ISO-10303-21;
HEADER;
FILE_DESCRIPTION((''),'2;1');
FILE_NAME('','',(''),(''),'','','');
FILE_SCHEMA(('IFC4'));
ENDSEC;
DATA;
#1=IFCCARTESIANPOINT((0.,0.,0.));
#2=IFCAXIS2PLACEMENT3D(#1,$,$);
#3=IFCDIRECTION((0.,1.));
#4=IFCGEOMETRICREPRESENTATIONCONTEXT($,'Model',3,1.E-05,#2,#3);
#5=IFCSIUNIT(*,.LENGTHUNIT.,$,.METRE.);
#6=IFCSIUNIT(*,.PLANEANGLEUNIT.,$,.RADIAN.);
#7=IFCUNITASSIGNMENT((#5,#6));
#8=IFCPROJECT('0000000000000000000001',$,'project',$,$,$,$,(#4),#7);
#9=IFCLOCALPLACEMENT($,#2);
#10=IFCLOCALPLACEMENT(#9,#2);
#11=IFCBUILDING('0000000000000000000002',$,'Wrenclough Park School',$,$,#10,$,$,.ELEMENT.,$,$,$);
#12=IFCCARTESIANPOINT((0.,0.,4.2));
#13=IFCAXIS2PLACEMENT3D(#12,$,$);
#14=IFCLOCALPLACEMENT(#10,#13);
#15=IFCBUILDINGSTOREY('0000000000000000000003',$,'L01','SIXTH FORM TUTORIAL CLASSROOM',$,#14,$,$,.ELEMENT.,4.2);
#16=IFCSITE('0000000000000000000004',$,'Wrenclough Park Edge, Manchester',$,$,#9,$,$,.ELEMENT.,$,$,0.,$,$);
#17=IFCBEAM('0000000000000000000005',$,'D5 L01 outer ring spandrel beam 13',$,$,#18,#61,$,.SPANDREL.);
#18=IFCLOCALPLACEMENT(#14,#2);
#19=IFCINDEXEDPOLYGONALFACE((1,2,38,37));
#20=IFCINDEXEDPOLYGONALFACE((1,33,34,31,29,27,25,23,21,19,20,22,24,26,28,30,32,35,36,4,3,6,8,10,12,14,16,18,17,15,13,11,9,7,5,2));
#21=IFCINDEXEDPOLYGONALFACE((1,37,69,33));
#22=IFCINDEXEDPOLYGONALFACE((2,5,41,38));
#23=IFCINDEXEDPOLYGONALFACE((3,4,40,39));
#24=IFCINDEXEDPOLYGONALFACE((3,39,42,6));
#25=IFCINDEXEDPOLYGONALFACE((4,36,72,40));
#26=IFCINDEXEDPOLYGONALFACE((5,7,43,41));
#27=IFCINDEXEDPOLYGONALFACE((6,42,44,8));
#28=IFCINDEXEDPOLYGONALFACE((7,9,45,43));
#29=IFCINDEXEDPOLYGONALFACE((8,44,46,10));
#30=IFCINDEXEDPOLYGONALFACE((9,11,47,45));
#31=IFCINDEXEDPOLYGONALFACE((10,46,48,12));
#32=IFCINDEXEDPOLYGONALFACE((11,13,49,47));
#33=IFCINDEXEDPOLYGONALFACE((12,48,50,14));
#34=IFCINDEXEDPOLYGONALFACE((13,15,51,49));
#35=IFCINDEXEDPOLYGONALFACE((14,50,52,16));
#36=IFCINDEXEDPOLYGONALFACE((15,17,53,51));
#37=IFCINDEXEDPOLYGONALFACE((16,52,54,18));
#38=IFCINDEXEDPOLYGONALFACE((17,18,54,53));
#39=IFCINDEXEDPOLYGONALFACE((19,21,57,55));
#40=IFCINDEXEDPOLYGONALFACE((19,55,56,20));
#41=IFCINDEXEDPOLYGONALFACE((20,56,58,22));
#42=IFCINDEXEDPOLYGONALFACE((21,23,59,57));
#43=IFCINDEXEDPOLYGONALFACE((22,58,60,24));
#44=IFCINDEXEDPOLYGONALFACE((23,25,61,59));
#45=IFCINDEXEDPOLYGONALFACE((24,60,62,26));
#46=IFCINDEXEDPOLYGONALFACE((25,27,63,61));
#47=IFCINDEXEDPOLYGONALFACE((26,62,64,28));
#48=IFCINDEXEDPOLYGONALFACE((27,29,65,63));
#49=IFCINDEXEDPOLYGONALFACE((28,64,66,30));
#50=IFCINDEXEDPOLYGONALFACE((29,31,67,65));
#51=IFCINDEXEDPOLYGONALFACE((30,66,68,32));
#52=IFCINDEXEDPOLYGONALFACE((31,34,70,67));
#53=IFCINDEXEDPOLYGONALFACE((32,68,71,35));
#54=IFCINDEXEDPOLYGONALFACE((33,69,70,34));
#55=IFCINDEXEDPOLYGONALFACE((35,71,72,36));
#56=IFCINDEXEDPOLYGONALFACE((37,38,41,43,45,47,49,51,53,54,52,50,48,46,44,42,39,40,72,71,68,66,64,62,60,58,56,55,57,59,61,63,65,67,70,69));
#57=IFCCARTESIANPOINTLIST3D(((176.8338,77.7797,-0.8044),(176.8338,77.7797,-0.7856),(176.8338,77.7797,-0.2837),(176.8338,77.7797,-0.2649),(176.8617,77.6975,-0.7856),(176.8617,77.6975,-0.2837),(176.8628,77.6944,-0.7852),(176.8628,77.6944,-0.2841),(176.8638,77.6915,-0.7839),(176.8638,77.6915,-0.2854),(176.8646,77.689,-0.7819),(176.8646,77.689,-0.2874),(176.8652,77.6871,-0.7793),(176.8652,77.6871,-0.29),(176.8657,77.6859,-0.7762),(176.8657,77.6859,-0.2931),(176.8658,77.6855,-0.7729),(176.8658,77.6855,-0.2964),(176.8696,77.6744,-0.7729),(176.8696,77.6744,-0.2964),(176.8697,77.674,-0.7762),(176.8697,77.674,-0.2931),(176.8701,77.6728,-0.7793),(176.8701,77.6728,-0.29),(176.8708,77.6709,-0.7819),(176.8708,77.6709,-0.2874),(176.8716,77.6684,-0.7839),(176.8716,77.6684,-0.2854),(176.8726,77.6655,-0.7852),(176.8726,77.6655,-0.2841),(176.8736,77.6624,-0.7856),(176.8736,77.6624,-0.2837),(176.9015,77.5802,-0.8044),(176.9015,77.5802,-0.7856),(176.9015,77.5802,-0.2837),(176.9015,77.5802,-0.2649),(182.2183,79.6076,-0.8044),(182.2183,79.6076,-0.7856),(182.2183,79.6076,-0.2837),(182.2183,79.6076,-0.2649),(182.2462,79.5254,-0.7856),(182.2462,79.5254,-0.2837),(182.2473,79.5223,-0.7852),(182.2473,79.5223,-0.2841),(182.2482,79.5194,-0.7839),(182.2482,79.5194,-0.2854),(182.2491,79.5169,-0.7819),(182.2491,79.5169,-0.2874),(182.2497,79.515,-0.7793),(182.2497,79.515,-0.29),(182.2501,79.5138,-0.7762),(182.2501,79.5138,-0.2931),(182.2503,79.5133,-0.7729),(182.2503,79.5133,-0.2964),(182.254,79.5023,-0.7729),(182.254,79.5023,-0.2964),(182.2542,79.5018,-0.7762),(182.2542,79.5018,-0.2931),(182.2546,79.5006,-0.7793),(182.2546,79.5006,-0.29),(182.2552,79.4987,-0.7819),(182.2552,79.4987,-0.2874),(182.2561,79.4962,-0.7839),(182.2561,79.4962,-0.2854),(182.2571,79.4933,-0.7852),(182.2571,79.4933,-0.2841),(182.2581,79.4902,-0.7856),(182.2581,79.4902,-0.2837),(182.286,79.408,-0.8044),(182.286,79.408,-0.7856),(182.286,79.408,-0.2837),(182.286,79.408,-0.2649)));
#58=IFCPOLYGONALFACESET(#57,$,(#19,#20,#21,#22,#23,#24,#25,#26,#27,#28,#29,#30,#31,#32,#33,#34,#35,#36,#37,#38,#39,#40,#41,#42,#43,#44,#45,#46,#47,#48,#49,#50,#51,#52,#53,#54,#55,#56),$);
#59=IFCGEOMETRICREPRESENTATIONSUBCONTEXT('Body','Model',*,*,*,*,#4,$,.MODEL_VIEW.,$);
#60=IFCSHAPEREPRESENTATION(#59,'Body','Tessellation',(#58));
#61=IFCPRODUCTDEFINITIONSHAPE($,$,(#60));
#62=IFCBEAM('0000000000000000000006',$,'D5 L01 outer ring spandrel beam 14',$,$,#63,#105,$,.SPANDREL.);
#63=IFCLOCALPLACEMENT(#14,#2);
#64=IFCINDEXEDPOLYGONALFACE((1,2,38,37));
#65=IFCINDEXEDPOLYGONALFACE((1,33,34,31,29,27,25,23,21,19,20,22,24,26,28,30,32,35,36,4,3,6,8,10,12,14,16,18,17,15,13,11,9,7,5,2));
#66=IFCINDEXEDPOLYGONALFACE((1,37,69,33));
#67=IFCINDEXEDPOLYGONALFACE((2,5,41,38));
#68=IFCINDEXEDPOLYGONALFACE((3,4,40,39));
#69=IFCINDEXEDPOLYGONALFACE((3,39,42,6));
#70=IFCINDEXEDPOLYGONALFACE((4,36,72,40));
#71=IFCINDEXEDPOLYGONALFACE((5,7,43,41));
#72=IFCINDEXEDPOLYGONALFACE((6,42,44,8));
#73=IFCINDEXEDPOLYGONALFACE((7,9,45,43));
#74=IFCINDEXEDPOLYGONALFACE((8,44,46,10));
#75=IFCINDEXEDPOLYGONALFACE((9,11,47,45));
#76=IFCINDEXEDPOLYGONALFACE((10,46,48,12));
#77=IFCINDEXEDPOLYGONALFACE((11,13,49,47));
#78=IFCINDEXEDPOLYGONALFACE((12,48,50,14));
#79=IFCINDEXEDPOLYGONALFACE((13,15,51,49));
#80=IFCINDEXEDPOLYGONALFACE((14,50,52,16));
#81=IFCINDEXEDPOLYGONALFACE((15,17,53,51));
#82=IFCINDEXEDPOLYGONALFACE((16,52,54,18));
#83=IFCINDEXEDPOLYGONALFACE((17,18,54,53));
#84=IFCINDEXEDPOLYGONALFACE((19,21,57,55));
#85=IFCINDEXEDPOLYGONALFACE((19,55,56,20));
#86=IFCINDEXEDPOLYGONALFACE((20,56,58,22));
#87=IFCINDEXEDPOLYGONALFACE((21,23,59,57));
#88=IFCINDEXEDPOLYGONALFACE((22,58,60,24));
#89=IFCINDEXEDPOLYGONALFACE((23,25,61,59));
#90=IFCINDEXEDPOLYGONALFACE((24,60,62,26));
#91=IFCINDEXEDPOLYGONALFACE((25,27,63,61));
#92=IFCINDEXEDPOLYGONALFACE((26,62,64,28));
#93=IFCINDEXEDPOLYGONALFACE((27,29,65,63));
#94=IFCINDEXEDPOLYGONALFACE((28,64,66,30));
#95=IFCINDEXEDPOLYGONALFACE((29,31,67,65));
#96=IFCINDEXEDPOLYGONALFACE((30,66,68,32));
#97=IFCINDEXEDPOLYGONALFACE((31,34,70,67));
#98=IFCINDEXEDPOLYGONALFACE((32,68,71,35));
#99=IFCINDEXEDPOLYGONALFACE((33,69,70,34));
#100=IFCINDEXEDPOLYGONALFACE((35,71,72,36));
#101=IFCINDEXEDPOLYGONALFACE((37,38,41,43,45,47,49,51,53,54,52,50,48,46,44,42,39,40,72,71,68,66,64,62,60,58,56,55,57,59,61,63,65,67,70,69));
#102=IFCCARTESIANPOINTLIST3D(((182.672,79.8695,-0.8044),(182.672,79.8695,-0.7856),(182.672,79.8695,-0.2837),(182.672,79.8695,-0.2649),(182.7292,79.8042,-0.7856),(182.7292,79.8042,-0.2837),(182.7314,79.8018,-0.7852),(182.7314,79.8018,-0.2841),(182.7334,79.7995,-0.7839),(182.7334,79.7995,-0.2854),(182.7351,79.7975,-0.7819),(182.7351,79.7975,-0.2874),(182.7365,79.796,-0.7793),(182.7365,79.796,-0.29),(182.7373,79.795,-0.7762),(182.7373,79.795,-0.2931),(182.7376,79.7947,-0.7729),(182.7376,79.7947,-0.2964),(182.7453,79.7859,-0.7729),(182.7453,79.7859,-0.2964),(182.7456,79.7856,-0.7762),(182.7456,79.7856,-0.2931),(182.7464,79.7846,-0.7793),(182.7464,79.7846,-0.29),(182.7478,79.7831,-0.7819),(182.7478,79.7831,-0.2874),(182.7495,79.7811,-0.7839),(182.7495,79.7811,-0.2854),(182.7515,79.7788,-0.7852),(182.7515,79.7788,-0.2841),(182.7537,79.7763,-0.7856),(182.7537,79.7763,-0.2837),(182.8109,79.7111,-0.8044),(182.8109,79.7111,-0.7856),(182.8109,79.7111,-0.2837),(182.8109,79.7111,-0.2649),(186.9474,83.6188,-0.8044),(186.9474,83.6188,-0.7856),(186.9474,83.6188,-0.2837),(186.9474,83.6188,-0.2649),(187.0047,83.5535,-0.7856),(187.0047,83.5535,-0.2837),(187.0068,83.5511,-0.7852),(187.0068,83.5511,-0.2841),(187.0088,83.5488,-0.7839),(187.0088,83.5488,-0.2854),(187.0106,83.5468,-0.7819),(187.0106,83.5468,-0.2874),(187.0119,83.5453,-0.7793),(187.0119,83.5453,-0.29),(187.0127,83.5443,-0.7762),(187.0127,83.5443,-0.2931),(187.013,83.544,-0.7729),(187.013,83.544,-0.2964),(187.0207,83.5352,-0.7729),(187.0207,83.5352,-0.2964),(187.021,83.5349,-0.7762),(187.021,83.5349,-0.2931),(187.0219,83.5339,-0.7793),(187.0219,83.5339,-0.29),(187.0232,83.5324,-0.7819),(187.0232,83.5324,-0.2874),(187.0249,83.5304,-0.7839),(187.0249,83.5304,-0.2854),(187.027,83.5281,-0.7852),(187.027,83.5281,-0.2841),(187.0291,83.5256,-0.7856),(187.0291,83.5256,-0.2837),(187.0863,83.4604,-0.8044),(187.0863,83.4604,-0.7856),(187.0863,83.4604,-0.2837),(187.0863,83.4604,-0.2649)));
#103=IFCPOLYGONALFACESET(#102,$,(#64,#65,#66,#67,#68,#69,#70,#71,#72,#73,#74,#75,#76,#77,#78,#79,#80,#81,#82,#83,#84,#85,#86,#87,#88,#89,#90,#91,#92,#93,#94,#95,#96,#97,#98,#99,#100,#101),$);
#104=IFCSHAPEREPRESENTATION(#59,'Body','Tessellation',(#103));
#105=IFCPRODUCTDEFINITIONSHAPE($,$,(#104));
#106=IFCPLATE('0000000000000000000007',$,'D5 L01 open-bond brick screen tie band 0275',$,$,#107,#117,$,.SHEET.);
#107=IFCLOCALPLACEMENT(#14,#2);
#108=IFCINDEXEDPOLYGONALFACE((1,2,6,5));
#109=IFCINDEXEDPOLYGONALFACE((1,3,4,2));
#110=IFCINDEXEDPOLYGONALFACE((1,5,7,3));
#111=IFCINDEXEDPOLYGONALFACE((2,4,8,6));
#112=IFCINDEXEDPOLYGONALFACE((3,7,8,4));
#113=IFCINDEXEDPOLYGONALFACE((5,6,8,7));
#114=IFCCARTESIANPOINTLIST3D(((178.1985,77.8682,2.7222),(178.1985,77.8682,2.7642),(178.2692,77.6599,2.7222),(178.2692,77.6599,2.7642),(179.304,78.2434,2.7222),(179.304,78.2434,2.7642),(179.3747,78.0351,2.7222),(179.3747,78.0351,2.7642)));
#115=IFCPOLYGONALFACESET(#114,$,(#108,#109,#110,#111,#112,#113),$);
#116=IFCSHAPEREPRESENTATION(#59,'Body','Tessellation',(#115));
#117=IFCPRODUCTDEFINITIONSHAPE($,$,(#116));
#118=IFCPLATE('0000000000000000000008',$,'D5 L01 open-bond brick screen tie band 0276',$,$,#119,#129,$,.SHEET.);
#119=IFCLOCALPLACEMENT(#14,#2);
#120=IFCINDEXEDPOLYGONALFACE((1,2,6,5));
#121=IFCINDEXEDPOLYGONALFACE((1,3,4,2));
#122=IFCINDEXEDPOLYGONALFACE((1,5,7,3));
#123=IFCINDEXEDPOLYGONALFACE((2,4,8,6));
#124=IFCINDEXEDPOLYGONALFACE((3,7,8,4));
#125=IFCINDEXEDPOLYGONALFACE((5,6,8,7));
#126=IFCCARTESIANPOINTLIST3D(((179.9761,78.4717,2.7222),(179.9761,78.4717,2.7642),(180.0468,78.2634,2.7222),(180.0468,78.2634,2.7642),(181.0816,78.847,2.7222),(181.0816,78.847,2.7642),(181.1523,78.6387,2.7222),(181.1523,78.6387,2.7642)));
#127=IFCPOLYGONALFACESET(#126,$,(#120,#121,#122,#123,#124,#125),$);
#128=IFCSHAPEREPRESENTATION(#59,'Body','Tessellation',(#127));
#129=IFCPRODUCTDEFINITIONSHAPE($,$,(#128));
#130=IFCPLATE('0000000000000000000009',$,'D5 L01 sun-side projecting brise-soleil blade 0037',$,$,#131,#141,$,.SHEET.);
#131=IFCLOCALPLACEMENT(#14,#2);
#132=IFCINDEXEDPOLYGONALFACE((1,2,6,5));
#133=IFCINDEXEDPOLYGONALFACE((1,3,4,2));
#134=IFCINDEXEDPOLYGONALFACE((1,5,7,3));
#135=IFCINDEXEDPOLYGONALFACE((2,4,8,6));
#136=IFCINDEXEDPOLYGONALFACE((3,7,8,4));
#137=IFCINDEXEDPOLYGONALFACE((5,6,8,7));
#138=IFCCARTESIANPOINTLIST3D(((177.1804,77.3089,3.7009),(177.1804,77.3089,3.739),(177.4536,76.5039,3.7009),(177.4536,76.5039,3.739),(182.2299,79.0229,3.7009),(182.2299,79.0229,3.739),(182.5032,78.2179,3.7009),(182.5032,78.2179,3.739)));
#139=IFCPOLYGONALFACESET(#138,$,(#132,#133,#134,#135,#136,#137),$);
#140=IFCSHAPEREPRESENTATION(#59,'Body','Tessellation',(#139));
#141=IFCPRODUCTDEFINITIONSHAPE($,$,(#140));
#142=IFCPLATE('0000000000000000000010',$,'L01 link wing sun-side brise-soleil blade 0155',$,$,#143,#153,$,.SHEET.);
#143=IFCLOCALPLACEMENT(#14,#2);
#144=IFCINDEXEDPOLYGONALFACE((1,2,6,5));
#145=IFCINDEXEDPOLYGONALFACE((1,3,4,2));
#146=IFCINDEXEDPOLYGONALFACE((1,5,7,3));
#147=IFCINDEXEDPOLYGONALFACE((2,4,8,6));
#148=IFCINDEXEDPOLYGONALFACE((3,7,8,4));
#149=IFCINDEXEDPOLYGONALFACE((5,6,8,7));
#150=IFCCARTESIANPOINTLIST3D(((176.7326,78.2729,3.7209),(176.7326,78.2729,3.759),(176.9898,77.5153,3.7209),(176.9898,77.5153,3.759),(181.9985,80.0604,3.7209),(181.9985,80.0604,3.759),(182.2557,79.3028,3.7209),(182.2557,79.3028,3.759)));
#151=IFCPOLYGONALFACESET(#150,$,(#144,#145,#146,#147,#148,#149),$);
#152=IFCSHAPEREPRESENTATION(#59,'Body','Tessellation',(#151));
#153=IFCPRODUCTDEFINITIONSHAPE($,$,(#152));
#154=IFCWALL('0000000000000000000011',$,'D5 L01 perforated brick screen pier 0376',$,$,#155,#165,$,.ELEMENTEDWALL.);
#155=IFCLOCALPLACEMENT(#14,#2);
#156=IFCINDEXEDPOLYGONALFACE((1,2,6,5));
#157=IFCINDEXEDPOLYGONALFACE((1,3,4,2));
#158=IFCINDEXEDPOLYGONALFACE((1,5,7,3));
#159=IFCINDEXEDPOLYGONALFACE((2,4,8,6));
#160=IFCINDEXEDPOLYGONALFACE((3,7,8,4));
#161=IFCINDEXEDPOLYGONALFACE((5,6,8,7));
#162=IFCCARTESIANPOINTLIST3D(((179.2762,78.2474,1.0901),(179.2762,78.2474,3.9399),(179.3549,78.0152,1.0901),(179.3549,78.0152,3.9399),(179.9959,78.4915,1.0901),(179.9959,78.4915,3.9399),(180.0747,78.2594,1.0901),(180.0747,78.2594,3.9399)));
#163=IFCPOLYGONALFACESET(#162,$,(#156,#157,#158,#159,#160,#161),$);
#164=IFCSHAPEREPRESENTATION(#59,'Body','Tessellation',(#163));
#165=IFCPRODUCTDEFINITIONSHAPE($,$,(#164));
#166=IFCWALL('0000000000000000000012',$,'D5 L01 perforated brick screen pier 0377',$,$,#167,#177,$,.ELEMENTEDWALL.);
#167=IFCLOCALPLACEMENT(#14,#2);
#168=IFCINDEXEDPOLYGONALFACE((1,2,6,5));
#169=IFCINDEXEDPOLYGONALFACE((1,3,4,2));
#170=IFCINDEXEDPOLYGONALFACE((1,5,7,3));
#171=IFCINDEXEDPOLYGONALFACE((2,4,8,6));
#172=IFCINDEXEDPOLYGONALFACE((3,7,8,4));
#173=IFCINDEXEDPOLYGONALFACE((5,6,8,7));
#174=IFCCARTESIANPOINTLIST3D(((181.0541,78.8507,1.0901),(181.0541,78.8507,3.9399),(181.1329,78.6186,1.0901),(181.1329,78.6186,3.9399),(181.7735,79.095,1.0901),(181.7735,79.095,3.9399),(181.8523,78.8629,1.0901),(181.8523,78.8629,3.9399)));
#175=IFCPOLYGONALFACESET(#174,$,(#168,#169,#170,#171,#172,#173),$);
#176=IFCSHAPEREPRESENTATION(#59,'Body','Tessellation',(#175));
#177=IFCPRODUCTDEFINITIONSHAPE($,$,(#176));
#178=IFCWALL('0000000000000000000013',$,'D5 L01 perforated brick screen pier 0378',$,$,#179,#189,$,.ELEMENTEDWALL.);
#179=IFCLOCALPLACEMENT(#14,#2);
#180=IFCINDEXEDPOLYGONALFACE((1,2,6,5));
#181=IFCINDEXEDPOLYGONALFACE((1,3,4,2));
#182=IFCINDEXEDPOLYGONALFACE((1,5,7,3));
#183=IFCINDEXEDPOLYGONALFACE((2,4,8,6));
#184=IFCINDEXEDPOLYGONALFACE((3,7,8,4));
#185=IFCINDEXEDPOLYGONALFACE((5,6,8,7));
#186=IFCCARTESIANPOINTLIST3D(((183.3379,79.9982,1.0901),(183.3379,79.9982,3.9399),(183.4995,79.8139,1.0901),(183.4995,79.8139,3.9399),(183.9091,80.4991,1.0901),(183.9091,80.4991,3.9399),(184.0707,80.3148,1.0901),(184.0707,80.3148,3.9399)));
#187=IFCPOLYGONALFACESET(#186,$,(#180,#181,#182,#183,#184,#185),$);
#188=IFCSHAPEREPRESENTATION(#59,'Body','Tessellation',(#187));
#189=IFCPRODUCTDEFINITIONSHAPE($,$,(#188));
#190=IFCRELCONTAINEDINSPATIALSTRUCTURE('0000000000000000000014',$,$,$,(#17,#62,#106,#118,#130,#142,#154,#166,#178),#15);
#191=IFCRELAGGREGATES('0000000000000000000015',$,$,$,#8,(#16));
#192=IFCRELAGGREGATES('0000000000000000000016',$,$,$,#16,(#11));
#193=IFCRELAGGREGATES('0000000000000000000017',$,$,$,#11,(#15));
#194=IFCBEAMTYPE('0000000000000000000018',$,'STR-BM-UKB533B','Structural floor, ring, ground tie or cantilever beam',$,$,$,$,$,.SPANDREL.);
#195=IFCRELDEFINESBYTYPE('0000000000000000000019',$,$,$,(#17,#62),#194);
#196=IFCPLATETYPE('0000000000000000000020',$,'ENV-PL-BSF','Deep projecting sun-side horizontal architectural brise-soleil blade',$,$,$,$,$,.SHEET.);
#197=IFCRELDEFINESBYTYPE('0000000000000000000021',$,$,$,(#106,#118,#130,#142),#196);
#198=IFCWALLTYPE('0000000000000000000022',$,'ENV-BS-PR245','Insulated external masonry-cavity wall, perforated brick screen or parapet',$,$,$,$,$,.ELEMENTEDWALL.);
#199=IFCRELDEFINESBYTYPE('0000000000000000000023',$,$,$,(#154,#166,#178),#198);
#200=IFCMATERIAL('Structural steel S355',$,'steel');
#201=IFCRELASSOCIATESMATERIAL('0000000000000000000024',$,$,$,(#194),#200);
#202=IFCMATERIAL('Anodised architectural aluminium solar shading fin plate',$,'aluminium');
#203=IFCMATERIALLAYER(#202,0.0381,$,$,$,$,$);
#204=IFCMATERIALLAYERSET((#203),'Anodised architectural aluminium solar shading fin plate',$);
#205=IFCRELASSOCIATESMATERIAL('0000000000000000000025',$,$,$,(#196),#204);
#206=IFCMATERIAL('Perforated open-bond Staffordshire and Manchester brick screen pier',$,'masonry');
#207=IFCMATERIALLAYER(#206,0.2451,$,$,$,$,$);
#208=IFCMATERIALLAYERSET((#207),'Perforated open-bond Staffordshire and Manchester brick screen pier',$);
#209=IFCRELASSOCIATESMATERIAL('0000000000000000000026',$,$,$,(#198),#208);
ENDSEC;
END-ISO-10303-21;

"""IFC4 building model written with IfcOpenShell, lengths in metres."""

from ifc_helpers import new_model, si_unit, direction, frame, frame_2d, origin, origin_2d, place, context, subcontext, project, spatial, rectangle, i_section, extrude, material, layer, layer_set, material_profile, profile_set, type_object, element, save


model = new_model("IFC4")

# Units and contexts
model_context = context("Model", 3, precision=1e-05, world=origin(), true_north=direction((0.0, 1.0)))
body_context = subcontext(model_context, "Body", "Model", "MODEL_VIEW")
ifc_project = project(units=[si_unit("LENGTHUNIT", "METRE"), si_unit("PLANEANGLEUNIT", "RADIAN")], contexts=[model_context])

# Site, building, storey
site_placement = place(None, origin())
site = spatial("IfcSite", under=ifc_project, at=site_placement, Name="Wrenclough Park Edge, Manchester", CompositionType="ELEMENT", RefElevation=0.0)
building_placement = place(site_placement, origin())
building = spatial("IfcBuilding", under=site, at=building_placement, Name="Wrenclough Park School", CompositionType="ELEMENT")
storey_placement = place(building_placement, frame((0.0, 0.0, 4.2)))
storey = spatial("IfcBuildingStorey", under=building, at=storey_placement, Name="L01", Description="SIXTH FORM TUTORIAL CLASSROOM", CompositionType="ELEMENT", Elevation=4.2)

# Beams
ifc_material_1 = material(Name="Structural steel S355", Category="steel")
ifc_material_profile_1 = material_profile(ifc_material_1, i_section(OverallWidth=0.2107, OverallDepth=0.5396, WebThickness=0.0117, FlangeThickness=0.0188, FilletRadius=0.0127, at=origin_2d()), Name="UKB 533x210x109")
ifc_profile_set_1 = profile_set([ifc_material_profile_1], Name="Structural steel S355")
beam_type_1 = type_object("IfcBeamType", Name="STR-BM-UKB533B", Description="Structural floor, ring, ground tie or cantilever beam", PredefinedType="SPANDREL", material=ifc_profile_set_1)
beam_1_placement = place(storey_placement, frame((176.8677, 77.6799, -0.5347), z_axis=(0.946926, 0.321452, 0.0), x_axis=(-0.321452, 0.946926, 0.0)))
element("IfcBeam", 1, at=beam_1_placement, inside=storey, type_object=beam_type_1, Name="D5 L01 outer ring spandrel beam 13", PredefinedType="SPANDREL", context=body_context, shape_type="SweptSolid", body=[
    extrude(i_section(OverallWidth=0.2107, OverallDepth=0.5396, WebThickness=0.0117, FlangeThickness=0.0188, FilletRadius=0.0127, at=origin_2d()), origin(), (0.0, 0.0, 1.0), 5.6863),
])
beam_2_placement = place(storey_placement, frame((182.7415, 79.7903, -0.5347), z_axis=(0.751853, 0.659331, 0.0), x_axis=(-0.659331, 0.751853, 0.0)))
element("IfcBeam", 2, at=beam_2_placement, inside=storey, type_object=beam_type_1, Name="D5 L01 outer ring spandrel beam 14", PredefinedType="SPANDREL", context=body_context, shape_type="SweptSolid", body=[
    extrude(i_section(OverallWidth=0.2107, OverallDepth=0.5396, WebThickness=0.0117, FlangeThickness=0.0188, FilletRadius=0.0127, at=origin_2d()), origin(), (0.0, 0.0, 1.0), 5.6865),
])

# Plates
ifc_material_2 = material(Name="Anodised architectural aluminium solar shading fin plate", Category="aluminium")
ifc_layer_1 = layer(ifc_material_2, 0.0381)
ifc_layer_set_1 = layer_set([ifc_layer_1], Name="Anodised architectural aluminium solar shading fin plate")
plate_type = type_object("IfcPlateType", Name="ENV-PL-BSF", Description="Deep projecting sun-side horizontal architectural brise-soleil blade", PredefinedType="SHEET", material=ifc_layer_set_1)
for number, where, z_axis, x_axis, name in (
    (3, (178.7866, 77.9517, 2.7222), (0.0, 0.0, 1.0), (0.946934, 0.321427, 0.0), "D5 L01 open-bond brick screen tie band 0275"),
    (4, (180.5642, 78.5552, 2.7222), (0.0, 0.0, 1.0), (0.946934, 0.321427, 0.0), "D5 L01 open-bond brick screen tie band 0276"),
):
    element("IfcPlate", number, at=place(storey_placement, frame(where, z_axis=z_axis, x_axis=x_axis)), inside=storey, type_object=plate_type, Name=name, PredefinedType="SHEET", context=body_context, shape_type="SweptSolid", body=[
        extrude(rectangle(XDim=1.1675, YDim=0.22, at=origin_2d()), origin(), (0.0, 0.0, 1.0), 0.042),
    ])
plate_1_placement = place(storey_placement, frame((179.8418, 77.7634, 3.7009), z_axis=(0.0, 0.0, 1.0), x_axis=(0.946934, 0.321427, 0.0)))
element("IfcPlate", 5, at=plate_1_placement, inside=storey, type_object=plate_type, Name="D5 L01 sun-side projecting brise-soleil blade 0037", PredefinedType="SHEET", context=body_context, shape_type="SweptSolid", body=[
    extrude(rectangle(XDim=5.3325, YDim=0.8501, at=origin_2d()), origin(), (0.0, 0.0, 1.0), 0.0381),
])
plate_2_placement = place(storey_placement, frame((179.4941, 78.7878, 3.7209), z_axis=(0.0, 0.0, 1.0), x_axis=(-0.946933, -0.321432, 0.0)))
element("IfcPlate", 6, at=plate_2_placement, inside=storey, type_object=plate_type, Name="L01 link wing sun-side brise-soleil blade 0155", PredefinedType="SHEET", context=body_context, shape_type="SweptSolid", body=[
    extrude(rectangle(XDim=5.561, YDim=0.8, at=origin_2d()), origin(), (0.0, 0.0, 1.0), 0.0381),
])

# Walls
ifc_material_3 = material(Name="Perforated open-bond Staffordshire and Manchester brick screen pier", Category="masonry")
ifc_layer_2 = layer(ifc_material_3, 0.2451)
ifc_layer_set_2 = layer_set([ifc_layer_2], Name="Perforated open-bond Staffordshire and Manchester brick screen pier")
wall_type_1 = type_object("IfcWallType", Name="ENV-BS-PR245", Description="Insulated external masonry-cavity wall, perforated brick screen or parapet", PredefinedType="ELEMENTEDWALL", material=ifc_layer_set_2)
wall_1_placement = place(storey_placement, frame((179.3157, 78.1313, 1.0901), z_axis=(0.0, 0.0, 1.0), x_axis=(0.947, 0.321235, 0.0)))
element("IfcWall", 7, at=wall_1_placement, inside=storey, type_object=wall_type_1, Name="D5 L01 perforated brick screen pier 0376", PredefinedType="ELEMENTEDWALL", context=body_context, shape_type="SweptSolid", body=[
    extrude(rectangle(XDim=0.76, YDim=0.2451, at=frame_2d((0.3799, 0.0))), origin(), (0.0, 0.0, 1.0), 2.8499),
])
for number, where, z_axis, x_axis, name in (
    (8, (181.0935, 78.7346, 1.0901), (0.0, 0.0, 1.0), (0.946869, 0.32162, 0.0), "D5 L01 perforated brick screen pier 0377"),
    (9, (183.4187, 79.906, 1.0901), (0.0, 0.0, 1.0), (0.75186, 0.659323, 0.0), "D5 L01 perforated brick screen pier 0378"),
):
    element("IfcWall", number, at=place(storey_placement, frame(where, z_axis=z_axis, x_axis=x_axis)), inside=storey, type_object=wall_type_1, Name=name, PredefinedType="ELEMENTEDWALL", context=body_context, shape_type="SweptSolid", body=[
        extrude(rectangle(XDim=0.7598, YDim=0.2451, at=frame_2d((0.3799, 0.0))), origin(), (0.0, 0.0, 1.0), 2.8499),
    ])

save(model, "model.ifc")
